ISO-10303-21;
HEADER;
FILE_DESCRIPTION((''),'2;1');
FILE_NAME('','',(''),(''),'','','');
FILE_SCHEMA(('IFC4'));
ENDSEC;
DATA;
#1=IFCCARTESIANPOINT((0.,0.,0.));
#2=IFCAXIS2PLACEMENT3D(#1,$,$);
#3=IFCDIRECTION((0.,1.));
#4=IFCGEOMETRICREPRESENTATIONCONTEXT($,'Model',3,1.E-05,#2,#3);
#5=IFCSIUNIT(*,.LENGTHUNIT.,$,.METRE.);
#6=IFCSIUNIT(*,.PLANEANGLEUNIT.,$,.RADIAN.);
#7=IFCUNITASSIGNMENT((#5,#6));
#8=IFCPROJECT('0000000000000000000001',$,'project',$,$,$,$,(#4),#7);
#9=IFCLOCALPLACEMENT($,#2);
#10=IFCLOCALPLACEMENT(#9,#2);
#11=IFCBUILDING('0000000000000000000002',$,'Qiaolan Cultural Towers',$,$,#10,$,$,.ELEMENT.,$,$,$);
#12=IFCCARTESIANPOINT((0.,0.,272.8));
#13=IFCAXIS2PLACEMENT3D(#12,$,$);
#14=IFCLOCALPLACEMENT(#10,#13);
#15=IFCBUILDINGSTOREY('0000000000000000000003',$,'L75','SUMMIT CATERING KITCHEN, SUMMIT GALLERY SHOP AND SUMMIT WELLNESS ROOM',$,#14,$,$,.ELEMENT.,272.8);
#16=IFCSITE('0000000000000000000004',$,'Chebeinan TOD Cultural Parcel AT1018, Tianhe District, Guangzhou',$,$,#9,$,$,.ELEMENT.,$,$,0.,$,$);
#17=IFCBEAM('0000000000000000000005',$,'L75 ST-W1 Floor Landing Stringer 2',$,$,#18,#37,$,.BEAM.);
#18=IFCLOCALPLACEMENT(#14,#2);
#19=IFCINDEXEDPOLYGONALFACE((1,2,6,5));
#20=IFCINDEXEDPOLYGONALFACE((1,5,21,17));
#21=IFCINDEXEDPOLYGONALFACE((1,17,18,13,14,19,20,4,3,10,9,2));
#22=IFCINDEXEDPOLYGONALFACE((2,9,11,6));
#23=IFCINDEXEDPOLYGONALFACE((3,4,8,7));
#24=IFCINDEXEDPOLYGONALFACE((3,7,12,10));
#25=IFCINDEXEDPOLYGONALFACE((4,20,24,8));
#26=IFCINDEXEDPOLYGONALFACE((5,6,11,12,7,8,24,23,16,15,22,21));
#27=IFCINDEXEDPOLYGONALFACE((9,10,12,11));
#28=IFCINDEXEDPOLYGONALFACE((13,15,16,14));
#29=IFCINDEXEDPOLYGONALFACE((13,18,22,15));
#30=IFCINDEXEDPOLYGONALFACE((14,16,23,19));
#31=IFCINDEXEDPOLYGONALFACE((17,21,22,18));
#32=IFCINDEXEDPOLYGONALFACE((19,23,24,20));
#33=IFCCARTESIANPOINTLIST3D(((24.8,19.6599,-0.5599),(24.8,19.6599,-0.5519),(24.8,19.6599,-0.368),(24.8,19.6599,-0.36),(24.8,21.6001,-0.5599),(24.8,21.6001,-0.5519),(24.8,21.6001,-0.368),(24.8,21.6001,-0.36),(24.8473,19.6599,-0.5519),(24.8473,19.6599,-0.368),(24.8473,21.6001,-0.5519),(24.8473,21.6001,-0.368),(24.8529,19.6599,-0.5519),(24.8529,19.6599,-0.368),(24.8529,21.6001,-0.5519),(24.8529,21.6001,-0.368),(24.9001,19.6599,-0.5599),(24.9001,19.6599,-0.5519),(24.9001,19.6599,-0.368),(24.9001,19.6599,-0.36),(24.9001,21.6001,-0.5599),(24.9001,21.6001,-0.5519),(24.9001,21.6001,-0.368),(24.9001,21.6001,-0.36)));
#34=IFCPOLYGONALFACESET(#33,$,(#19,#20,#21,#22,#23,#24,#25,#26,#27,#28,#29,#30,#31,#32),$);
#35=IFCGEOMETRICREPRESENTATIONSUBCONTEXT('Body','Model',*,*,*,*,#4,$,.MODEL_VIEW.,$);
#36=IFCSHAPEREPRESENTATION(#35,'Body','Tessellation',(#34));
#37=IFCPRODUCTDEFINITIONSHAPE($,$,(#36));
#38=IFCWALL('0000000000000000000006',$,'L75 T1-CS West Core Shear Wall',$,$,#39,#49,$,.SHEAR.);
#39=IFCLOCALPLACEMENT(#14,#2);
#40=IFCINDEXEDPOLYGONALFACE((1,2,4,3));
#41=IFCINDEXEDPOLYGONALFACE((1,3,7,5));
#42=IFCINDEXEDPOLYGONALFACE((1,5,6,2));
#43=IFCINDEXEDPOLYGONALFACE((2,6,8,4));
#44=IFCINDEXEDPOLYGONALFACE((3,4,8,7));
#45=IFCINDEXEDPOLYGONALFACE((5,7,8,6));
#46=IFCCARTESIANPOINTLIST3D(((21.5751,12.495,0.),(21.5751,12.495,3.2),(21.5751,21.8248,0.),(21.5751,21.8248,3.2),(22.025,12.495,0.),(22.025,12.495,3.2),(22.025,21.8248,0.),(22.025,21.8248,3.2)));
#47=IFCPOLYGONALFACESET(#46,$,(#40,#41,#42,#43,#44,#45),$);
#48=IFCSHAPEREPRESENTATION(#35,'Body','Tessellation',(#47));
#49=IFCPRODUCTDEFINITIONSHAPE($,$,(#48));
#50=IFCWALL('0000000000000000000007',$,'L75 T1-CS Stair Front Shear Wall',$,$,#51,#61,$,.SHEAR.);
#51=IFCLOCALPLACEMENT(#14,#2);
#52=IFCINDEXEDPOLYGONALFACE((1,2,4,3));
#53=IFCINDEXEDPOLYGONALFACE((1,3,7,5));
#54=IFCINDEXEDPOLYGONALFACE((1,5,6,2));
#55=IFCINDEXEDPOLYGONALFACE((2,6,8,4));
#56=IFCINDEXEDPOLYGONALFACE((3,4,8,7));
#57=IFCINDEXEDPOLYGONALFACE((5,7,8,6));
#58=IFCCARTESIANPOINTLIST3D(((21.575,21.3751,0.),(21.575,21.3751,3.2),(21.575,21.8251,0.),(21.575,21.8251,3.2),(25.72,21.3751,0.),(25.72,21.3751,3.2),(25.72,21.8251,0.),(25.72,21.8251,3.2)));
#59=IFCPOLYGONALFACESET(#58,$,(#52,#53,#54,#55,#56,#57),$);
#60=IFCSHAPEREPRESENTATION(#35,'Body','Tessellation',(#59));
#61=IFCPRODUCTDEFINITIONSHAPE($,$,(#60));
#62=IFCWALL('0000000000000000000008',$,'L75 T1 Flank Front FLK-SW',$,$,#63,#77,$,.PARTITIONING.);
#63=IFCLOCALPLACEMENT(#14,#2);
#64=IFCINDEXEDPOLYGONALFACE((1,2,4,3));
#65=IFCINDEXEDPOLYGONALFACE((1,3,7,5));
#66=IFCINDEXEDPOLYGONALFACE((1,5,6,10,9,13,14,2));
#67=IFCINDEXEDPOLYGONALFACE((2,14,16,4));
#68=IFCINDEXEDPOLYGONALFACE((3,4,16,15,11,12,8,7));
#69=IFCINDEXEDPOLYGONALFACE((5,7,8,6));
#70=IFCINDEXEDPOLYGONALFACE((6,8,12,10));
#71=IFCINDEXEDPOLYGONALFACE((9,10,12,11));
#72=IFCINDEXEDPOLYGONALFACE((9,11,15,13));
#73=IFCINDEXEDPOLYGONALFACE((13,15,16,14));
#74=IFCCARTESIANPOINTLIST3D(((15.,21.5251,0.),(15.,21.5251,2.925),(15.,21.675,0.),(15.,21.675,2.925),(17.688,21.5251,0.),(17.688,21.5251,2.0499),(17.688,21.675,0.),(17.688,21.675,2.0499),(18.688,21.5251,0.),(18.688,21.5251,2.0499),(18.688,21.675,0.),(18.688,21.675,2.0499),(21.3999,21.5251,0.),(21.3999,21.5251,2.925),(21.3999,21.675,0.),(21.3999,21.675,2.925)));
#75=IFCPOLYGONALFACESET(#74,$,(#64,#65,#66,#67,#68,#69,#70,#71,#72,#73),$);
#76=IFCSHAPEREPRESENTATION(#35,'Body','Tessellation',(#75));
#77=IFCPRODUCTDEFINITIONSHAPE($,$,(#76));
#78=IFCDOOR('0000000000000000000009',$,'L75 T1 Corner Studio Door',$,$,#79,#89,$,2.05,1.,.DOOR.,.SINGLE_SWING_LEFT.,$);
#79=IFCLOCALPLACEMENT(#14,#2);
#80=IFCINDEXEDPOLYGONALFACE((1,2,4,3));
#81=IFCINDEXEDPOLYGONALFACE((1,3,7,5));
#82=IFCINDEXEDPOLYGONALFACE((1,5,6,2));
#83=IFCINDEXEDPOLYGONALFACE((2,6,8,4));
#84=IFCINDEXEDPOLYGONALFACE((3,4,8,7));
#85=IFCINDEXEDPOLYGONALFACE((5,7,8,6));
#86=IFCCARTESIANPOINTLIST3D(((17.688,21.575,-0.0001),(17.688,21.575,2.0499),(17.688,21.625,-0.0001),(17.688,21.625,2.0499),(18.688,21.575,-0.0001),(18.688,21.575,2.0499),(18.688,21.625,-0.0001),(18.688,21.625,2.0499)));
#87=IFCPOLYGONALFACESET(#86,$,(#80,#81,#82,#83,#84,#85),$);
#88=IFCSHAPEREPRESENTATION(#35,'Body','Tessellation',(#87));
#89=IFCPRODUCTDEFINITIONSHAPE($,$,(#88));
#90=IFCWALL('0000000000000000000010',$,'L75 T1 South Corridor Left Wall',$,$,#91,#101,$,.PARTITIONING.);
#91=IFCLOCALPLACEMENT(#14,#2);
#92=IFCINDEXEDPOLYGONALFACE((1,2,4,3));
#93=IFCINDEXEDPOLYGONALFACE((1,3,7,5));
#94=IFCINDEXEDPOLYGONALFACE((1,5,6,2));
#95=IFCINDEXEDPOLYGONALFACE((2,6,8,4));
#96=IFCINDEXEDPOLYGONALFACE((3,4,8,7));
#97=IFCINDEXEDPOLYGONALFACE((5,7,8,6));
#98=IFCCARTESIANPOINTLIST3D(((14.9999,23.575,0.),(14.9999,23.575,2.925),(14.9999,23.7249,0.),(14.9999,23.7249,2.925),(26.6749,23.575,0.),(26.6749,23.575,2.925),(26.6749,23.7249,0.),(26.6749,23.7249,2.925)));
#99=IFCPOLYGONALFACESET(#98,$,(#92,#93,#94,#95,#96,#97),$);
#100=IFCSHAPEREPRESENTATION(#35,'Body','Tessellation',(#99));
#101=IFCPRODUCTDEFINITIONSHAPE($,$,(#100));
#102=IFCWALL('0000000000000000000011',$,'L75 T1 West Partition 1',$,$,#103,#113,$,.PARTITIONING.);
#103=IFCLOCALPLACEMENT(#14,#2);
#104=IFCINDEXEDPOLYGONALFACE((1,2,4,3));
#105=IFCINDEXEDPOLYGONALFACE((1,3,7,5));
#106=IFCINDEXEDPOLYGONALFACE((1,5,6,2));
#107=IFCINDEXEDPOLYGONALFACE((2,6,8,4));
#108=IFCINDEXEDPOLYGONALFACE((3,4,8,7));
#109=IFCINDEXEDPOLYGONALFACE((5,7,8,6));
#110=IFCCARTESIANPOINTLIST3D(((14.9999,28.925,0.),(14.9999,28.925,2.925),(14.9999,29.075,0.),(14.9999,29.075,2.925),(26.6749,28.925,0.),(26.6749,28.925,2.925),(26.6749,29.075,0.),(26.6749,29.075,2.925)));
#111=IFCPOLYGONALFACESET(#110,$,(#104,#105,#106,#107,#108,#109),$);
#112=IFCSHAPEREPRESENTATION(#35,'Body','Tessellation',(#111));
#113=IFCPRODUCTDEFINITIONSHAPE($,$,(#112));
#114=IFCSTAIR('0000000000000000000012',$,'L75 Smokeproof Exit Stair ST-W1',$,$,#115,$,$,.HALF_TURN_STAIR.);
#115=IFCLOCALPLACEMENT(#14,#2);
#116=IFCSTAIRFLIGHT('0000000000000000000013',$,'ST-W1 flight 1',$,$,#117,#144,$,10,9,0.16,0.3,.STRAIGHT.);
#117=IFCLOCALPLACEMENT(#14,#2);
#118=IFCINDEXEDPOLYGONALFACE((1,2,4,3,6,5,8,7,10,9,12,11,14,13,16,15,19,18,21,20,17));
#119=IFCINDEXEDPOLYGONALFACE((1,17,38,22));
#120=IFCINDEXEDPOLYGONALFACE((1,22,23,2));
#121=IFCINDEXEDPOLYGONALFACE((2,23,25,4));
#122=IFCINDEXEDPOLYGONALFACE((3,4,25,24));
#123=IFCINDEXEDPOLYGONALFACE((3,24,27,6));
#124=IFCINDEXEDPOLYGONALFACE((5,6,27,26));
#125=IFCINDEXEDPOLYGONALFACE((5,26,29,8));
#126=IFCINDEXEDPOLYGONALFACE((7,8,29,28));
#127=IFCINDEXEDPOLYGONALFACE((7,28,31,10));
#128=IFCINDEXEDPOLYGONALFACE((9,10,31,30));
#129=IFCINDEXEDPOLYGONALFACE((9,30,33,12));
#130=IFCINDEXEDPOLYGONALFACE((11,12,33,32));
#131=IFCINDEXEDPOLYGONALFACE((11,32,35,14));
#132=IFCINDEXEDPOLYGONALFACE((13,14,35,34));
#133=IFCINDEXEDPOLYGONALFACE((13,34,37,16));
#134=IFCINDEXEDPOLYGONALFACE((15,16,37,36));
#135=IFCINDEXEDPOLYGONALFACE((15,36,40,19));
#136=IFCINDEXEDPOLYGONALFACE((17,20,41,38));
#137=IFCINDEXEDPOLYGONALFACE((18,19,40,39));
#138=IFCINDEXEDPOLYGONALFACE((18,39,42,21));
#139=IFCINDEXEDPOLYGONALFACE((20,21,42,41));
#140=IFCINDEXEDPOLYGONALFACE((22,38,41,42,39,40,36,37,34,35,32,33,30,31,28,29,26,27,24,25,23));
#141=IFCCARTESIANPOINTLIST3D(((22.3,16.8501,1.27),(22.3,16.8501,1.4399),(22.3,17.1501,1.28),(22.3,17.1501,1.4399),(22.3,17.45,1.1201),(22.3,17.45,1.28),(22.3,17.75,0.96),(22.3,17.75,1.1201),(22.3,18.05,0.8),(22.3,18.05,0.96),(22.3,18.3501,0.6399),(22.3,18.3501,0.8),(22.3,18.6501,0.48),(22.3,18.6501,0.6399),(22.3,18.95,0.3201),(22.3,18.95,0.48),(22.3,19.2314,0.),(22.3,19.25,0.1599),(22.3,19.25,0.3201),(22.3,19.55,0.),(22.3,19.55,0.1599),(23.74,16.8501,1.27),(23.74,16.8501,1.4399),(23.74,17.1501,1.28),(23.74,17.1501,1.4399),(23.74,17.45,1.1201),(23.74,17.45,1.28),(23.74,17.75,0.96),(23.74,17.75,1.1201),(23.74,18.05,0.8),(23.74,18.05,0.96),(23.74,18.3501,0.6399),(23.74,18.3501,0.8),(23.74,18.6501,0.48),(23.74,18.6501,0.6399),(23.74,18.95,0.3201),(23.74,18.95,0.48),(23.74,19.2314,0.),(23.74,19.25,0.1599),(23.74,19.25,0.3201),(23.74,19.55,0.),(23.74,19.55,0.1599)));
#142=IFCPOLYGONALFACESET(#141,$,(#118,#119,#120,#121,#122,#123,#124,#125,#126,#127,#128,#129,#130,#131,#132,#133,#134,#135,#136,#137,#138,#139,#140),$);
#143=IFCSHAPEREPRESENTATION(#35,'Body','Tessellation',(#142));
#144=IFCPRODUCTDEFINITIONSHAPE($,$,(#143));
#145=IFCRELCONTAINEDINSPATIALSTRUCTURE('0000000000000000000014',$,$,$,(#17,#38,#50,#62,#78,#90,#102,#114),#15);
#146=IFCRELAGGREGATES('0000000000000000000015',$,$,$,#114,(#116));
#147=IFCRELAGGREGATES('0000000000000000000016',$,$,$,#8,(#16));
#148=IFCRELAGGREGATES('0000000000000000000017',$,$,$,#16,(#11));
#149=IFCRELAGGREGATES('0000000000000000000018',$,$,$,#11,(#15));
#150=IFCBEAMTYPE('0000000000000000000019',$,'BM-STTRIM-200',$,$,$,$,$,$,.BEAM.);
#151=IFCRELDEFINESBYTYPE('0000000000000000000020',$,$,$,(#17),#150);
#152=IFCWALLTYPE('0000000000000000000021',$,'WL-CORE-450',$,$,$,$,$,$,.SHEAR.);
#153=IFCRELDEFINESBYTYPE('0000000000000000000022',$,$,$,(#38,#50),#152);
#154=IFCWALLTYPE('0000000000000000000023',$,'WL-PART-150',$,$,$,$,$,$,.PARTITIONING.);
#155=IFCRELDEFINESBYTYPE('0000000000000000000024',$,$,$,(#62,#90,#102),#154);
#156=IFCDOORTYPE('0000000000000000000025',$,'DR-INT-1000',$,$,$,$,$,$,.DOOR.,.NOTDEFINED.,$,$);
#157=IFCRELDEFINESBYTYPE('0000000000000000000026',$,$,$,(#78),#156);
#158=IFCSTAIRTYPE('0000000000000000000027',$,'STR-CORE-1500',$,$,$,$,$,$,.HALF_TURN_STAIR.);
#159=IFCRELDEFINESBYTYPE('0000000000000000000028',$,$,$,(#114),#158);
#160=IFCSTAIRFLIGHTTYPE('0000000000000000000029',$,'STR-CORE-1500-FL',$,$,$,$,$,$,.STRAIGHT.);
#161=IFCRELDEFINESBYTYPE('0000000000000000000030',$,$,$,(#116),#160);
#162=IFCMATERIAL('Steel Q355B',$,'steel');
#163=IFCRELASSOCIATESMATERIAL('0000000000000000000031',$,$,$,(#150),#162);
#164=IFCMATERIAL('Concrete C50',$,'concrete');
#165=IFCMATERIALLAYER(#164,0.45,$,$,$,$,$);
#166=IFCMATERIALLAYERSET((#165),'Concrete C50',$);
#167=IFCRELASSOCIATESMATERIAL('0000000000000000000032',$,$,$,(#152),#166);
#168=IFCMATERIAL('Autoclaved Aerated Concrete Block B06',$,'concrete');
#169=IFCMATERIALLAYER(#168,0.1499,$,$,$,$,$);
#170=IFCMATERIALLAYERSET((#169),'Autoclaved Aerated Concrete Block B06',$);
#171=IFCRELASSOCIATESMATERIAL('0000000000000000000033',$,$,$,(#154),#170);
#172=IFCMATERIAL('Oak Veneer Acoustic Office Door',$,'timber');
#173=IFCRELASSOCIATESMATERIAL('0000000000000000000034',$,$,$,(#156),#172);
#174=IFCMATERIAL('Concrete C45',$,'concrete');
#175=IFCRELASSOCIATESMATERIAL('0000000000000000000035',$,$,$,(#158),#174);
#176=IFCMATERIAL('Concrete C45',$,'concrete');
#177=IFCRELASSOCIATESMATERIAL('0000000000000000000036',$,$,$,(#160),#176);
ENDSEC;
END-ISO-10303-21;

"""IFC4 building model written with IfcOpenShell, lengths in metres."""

from ifc_helpers import new_model, si_unit, direction, frame, frame_2d, origin, origin_2d, place, context, subcontext, project, spatial, polyline, rectangle, i_section, outline, extrude, material, layer, layer_set, material_profile, profile_set, type_object, element, fill, aggregate, save


model = new_model("IFC4")

# Units and contexts
model_context = context("Model", 3, precision=1e-05, world=origin(), true_north=direction((0.0, 1.0)))
body_context = subcontext(model_context, "Body", "Model", "MODEL_VIEW")
ifc_project = project(units=[si_unit("LENGTHUNIT", "METRE"), si_unit("PLANEANGLEUNIT", "RADIAN")], contexts=[model_context])

# Site, building, storey
site_placement = place(None, origin())
site = spatial("IfcSite", under=ifc_project, at=site_placement, Name="Chebeinan TOD Cultural Parcel AT1018, Tianhe District, Guangzhou", CompositionType="ELEMENT", RefElevation=0.0)
building_placement = place(site_placement, origin())
building = spatial("IfcBuilding", under=site, at=building_placement, Name="Qiaolan Cultural Towers", CompositionType="ELEMENT")
storey_placement = place(building_placement, frame((0.0, 0.0, 272.8)))
storey = spatial("IfcBuildingStorey", under=building, at=storey_placement, Name="L75", Description="SUMMIT CATERING KITCHEN, SUMMIT GALLERY SHOP AND SUMMIT WELLNESS ROOM", CompositionType="ELEMENT", Elevation=272.8)

# Beam
ifc_material_1 = material(Name="Steel Q355B", Category="steel")
ifc_material_profile_1 = material_profile(ifc_material_1, i_section(OverallWidth=0.1001, OverallDepth=0.2, WebThickness=0.0056, FlangeThickness=0.0081, at=origin_2d()), Name="HN200x100x5.5x8")
ifc_profile_set_1 = profile_set([ifc_material_profile_1], Name="Steel Q355B")
beam_type_1 = type_object("IfcBeamType", Name="BM-STTRIM-200", PredefinedType="BEAM", material=ifc_profile_set_1)
for number, where, z_axis, x_axis, name in (
    (1, (24.8501, 21.6001, -0.46), (0.0, -1.0, 0.0), (1.0, 0.0, 0.0), "L75 ST-W1 Floor Landing Stringer 2"),
):
    element("IfcBeam", number, at=place(storey_placement, frame(where, z_axis=z_axis, x_axis=x_axis)), inside=storey, type_object=beam_type_1, Name=name, PredefinedType="BEAM", context=body_context, shape_type="SweptSolid", body=[
        extrude(i_section(OverallWidth=0.1001, OverallDepth=0.2, WebThickness=0.0056, FlangeThickness=0.0081, at=origin_2d()), origin(), (0.0, 0.0, 1.0), 1.9402),
    ])

# Walls
ifc_material_2 = material(Name="Concrete C50", Category="concrete")
ifc_layer_1 = layer(ifc_material_2, 0.45)
ifc_layer_set_1 = layer_set([ifc_layer_1], Name="Concrete C50")
wall_type_1 = type_object("IfcWallType", Name="WL-CORE-450", PredefinedType="SHEAR", material=ifc_layer_set_1)
wall_1_placement = place(storey_placement, frame((21.8, 21.825, 0.0), z_axis=(0.0, 0.0, 1.0), x_axis=(0.0, -1.0, 0.0)))
element("IfcWall", 2, at=wall_1_placement, inside=storey, type_object=wall_type_1, Name="L75 T1-CS West Core Shear Wall", PredefinedType="SHEAR", context=body_context, shape_type="SweptSolid", body=[
    extrude(rectangle(XDim=9.3298, YDim=0.45, at=frame_2d((4.665, 0.0))), origin(), (0.0, 0.0, 1.0), 3.2),
])
wall_2_placement = place(storey_placement, frame((21.575, 21.6001, 0.0), z_axis=(0.0, 0.0, 1.0), x_axis=(1.0, 0.0, 0.0)))
element("IfcWall", 3, at=wall_2_placement, inside=storey, type_object=wall_type_1, Name="L75 T1-CS Stair Front Shear Wall", PredefinedType="SHEAR", context=body_context, shape_type="SweptSolid", body=[
    extrude(rectangle(XDim=4.145, YDim=0.45, at=frame_2d((2.0725, 0.0))), origin(), (0.0, 0.0, 1.0), 3.2),
])

# Wall, opening, door
ifc_material_3 = material(Name="Autoclaved Aerated Concrete Block B06", Category="concrete")
ifc_layer_2 = layer(ifc_material_3, 0.1499)
ifc_layer_set_2 = layer_set([ifc_layer_2], Name="Autoclaved Aerated Concrete Block B06")
wall_type_2 = type_object("IfcWallType", Name="WL-PART-150", PredefinedType="PARTITIONING", material=ifc_layer_set_2)
wall_3_placement = place(storey_placement, frame((15.0, 21.6001, 0.0), z_axis=(0.0, 0.0, 1.0), x_axis=(1.0, 0.0, 0.0)))
wall_3 = element("IfcWall", 4, at=wall_3_placement, inside=storey, type_object=wall_type_2, Name="L75 T1 Flank Front FLK-SW", PredefinedType="PARTITIONING", context=body_context, shape_type="SweptSolid", body=[
    extrude(rectangle(XDim=6.3999, YDim=0.1499, at=frame_2d((3.2, 0.0))), origin(), (0.0, 0.0, 1.0), 2.925),
])
opening_placement = place(wall_3_placement, frame((2.688, 0.0, 0.0)))
opening = element("IfcOpeningElement", 5, at=opening_placement, cuts=wall_3, PredefinedType="OPENING", context=body_context, shape_type="SweptSolid", body=[
    extrude(rectangle(XDim=1.0, YDim=2.05, at=frame_2d((0.5, 1.0249))), frame((0.0, 0.085, 0.0), z_axis=(0.0, -1.0, 0.0), x_axis=(1.0, 0.0, 0.0)), (0.0, 0.0, 1.0), 0.1699),
])
ifc_material_4 = material(Name="Oak Veneer Acoustic Office Door", Category="timber")
door_type = type_object("IfcDoorType", Name="DR-INT-1000", OperationType="NOTDEFINED", PredefinedType="DOOR", material=ifc_material_4)
door_placement = place(opening_placement, origin())
door = element("IfcDoor", 6, at=door_placement, inside=storey, type_object=door_type, Name="L75 T1 Corner Studio Door", OperationType="SINGLE_SWING_LEFT", OverallHeight=2.05, OverallWidth=1.0, PredefinedType="DOOR", context=body_context, shape_type="SweptSolid", body=[
    extrude(rectangle(XDim=1.0, YDim=2.05, at=frame_2d((0.5, 1.0249))), frame((0.0, 0.0249, 0.0), z_axis=(0.0, -1.0, 0.0), x_axis=(1.0, 0.0, 0.0)), (0.0, 0.0, 1.0), 0.05),
])
fill(opening, door)

# Walls
for number, where, z_axis, x_axis, name in (
    (7, (15.0, 23.6499, 0.0), (0.0, 0.0, 1.0), (1.0, 0.0, 0.0), "L75 T1 South Corridor Left Wall"),
    (8, (15.0, 29.0, 0.0), (0.0, 0.0, 1.0), (1.0, 0.0, 0.0), "L75 T1 West Partition 1"),
):
    element("IfcWall", number, at=place(storey_placement, frame(where, z_axis=z_axis, x_axis=x_axis)), inside=storey, type_object=wall_type_2, Name=name, PredefinedType="PARTITIONING", context=body_context, shape_type="SweptSolid", body=[
        extrude(rectangle(XDim=11.675, YDim=0.1499, at=frame_2d((5.8374, 0.0))), origin(), (0.0, 0.0, 1.0), 2.925),
    ])

# Stair, stair flight
ifc_material_5 = material(Name="Concrete C45", Category="concrete")
stair_type = type_object("IfcStairType", Name="STR-CORE-1500", PredefinedType="HALF_TURN_STAIR", material=ifc_material_5)
stair_placement = place(storey_placement, origin())
stair = element("IfcStair", 9, at=stair_placement, inside=storey, type_object=stair_type, Name="L75 Smokeproof Exit Stair ST-W1", PredefinedType="HALF_TURN_STAIR")
ifc_material_6 = material(Name="Concrete C45", Category="concrete")
stair_flight_type = type_object("IfcStairFlightType", Name="STR-CORE-1500-FL", PredefinedType="STRAIGHT", material=ifc_material_6)
stair_flight_placement = place(storey_placement, frame((23.02, 19.55, 0.0), z_axis=(0.0, 0.0, 1.0), x_axis=(0.0, -1.0, 0.0)))
stair_flight = element("IfcStairFlight", 10, at=stair_flight_placement, type_object=stair_flight_type, Name="ST-W1 flight 1", NumberOfRisers=10, NumberOfTreads=9, PredefinedType="STRAIGHT", RiserHeight=0.16, TreadLength=0.3, context=body_context, shape_type="SweptSolid", body=[
    extrude(outline(polyline([(0.0, 0.0), (0.0, 0.1599), (0.3, 0.1599), (0.3, 0.3201), (0.6001, 0.3201), (0.6001, 0.48), (0.8999, 0.48), (0.8999, 0.6399), (1.2, 0.6399), (1.2, 0.8), (1.5, 0.8), (1.5, 0.96), (1.8, 0.96), (1.8, 1.1201), (2.1001, 1.1201), (2.1001, 1.28), (2.3999, 1.28), (2.3999, 1.4399), (2.7, 1.4399), (2.7, 1.6001), (2.7, 1.27), (0.3186, 0.0), (0.0, 0.0)])), frame((0.0, 0.72, 0.0), z_axis=(0.0, -1.0, 0.0), x_axis=(1.0, 0.0, 0.0)), (0.0, 0.0, 1.0), 1.4399),
])
aggregate(stair, [stair_flight])

save(model, "model.ifc")
